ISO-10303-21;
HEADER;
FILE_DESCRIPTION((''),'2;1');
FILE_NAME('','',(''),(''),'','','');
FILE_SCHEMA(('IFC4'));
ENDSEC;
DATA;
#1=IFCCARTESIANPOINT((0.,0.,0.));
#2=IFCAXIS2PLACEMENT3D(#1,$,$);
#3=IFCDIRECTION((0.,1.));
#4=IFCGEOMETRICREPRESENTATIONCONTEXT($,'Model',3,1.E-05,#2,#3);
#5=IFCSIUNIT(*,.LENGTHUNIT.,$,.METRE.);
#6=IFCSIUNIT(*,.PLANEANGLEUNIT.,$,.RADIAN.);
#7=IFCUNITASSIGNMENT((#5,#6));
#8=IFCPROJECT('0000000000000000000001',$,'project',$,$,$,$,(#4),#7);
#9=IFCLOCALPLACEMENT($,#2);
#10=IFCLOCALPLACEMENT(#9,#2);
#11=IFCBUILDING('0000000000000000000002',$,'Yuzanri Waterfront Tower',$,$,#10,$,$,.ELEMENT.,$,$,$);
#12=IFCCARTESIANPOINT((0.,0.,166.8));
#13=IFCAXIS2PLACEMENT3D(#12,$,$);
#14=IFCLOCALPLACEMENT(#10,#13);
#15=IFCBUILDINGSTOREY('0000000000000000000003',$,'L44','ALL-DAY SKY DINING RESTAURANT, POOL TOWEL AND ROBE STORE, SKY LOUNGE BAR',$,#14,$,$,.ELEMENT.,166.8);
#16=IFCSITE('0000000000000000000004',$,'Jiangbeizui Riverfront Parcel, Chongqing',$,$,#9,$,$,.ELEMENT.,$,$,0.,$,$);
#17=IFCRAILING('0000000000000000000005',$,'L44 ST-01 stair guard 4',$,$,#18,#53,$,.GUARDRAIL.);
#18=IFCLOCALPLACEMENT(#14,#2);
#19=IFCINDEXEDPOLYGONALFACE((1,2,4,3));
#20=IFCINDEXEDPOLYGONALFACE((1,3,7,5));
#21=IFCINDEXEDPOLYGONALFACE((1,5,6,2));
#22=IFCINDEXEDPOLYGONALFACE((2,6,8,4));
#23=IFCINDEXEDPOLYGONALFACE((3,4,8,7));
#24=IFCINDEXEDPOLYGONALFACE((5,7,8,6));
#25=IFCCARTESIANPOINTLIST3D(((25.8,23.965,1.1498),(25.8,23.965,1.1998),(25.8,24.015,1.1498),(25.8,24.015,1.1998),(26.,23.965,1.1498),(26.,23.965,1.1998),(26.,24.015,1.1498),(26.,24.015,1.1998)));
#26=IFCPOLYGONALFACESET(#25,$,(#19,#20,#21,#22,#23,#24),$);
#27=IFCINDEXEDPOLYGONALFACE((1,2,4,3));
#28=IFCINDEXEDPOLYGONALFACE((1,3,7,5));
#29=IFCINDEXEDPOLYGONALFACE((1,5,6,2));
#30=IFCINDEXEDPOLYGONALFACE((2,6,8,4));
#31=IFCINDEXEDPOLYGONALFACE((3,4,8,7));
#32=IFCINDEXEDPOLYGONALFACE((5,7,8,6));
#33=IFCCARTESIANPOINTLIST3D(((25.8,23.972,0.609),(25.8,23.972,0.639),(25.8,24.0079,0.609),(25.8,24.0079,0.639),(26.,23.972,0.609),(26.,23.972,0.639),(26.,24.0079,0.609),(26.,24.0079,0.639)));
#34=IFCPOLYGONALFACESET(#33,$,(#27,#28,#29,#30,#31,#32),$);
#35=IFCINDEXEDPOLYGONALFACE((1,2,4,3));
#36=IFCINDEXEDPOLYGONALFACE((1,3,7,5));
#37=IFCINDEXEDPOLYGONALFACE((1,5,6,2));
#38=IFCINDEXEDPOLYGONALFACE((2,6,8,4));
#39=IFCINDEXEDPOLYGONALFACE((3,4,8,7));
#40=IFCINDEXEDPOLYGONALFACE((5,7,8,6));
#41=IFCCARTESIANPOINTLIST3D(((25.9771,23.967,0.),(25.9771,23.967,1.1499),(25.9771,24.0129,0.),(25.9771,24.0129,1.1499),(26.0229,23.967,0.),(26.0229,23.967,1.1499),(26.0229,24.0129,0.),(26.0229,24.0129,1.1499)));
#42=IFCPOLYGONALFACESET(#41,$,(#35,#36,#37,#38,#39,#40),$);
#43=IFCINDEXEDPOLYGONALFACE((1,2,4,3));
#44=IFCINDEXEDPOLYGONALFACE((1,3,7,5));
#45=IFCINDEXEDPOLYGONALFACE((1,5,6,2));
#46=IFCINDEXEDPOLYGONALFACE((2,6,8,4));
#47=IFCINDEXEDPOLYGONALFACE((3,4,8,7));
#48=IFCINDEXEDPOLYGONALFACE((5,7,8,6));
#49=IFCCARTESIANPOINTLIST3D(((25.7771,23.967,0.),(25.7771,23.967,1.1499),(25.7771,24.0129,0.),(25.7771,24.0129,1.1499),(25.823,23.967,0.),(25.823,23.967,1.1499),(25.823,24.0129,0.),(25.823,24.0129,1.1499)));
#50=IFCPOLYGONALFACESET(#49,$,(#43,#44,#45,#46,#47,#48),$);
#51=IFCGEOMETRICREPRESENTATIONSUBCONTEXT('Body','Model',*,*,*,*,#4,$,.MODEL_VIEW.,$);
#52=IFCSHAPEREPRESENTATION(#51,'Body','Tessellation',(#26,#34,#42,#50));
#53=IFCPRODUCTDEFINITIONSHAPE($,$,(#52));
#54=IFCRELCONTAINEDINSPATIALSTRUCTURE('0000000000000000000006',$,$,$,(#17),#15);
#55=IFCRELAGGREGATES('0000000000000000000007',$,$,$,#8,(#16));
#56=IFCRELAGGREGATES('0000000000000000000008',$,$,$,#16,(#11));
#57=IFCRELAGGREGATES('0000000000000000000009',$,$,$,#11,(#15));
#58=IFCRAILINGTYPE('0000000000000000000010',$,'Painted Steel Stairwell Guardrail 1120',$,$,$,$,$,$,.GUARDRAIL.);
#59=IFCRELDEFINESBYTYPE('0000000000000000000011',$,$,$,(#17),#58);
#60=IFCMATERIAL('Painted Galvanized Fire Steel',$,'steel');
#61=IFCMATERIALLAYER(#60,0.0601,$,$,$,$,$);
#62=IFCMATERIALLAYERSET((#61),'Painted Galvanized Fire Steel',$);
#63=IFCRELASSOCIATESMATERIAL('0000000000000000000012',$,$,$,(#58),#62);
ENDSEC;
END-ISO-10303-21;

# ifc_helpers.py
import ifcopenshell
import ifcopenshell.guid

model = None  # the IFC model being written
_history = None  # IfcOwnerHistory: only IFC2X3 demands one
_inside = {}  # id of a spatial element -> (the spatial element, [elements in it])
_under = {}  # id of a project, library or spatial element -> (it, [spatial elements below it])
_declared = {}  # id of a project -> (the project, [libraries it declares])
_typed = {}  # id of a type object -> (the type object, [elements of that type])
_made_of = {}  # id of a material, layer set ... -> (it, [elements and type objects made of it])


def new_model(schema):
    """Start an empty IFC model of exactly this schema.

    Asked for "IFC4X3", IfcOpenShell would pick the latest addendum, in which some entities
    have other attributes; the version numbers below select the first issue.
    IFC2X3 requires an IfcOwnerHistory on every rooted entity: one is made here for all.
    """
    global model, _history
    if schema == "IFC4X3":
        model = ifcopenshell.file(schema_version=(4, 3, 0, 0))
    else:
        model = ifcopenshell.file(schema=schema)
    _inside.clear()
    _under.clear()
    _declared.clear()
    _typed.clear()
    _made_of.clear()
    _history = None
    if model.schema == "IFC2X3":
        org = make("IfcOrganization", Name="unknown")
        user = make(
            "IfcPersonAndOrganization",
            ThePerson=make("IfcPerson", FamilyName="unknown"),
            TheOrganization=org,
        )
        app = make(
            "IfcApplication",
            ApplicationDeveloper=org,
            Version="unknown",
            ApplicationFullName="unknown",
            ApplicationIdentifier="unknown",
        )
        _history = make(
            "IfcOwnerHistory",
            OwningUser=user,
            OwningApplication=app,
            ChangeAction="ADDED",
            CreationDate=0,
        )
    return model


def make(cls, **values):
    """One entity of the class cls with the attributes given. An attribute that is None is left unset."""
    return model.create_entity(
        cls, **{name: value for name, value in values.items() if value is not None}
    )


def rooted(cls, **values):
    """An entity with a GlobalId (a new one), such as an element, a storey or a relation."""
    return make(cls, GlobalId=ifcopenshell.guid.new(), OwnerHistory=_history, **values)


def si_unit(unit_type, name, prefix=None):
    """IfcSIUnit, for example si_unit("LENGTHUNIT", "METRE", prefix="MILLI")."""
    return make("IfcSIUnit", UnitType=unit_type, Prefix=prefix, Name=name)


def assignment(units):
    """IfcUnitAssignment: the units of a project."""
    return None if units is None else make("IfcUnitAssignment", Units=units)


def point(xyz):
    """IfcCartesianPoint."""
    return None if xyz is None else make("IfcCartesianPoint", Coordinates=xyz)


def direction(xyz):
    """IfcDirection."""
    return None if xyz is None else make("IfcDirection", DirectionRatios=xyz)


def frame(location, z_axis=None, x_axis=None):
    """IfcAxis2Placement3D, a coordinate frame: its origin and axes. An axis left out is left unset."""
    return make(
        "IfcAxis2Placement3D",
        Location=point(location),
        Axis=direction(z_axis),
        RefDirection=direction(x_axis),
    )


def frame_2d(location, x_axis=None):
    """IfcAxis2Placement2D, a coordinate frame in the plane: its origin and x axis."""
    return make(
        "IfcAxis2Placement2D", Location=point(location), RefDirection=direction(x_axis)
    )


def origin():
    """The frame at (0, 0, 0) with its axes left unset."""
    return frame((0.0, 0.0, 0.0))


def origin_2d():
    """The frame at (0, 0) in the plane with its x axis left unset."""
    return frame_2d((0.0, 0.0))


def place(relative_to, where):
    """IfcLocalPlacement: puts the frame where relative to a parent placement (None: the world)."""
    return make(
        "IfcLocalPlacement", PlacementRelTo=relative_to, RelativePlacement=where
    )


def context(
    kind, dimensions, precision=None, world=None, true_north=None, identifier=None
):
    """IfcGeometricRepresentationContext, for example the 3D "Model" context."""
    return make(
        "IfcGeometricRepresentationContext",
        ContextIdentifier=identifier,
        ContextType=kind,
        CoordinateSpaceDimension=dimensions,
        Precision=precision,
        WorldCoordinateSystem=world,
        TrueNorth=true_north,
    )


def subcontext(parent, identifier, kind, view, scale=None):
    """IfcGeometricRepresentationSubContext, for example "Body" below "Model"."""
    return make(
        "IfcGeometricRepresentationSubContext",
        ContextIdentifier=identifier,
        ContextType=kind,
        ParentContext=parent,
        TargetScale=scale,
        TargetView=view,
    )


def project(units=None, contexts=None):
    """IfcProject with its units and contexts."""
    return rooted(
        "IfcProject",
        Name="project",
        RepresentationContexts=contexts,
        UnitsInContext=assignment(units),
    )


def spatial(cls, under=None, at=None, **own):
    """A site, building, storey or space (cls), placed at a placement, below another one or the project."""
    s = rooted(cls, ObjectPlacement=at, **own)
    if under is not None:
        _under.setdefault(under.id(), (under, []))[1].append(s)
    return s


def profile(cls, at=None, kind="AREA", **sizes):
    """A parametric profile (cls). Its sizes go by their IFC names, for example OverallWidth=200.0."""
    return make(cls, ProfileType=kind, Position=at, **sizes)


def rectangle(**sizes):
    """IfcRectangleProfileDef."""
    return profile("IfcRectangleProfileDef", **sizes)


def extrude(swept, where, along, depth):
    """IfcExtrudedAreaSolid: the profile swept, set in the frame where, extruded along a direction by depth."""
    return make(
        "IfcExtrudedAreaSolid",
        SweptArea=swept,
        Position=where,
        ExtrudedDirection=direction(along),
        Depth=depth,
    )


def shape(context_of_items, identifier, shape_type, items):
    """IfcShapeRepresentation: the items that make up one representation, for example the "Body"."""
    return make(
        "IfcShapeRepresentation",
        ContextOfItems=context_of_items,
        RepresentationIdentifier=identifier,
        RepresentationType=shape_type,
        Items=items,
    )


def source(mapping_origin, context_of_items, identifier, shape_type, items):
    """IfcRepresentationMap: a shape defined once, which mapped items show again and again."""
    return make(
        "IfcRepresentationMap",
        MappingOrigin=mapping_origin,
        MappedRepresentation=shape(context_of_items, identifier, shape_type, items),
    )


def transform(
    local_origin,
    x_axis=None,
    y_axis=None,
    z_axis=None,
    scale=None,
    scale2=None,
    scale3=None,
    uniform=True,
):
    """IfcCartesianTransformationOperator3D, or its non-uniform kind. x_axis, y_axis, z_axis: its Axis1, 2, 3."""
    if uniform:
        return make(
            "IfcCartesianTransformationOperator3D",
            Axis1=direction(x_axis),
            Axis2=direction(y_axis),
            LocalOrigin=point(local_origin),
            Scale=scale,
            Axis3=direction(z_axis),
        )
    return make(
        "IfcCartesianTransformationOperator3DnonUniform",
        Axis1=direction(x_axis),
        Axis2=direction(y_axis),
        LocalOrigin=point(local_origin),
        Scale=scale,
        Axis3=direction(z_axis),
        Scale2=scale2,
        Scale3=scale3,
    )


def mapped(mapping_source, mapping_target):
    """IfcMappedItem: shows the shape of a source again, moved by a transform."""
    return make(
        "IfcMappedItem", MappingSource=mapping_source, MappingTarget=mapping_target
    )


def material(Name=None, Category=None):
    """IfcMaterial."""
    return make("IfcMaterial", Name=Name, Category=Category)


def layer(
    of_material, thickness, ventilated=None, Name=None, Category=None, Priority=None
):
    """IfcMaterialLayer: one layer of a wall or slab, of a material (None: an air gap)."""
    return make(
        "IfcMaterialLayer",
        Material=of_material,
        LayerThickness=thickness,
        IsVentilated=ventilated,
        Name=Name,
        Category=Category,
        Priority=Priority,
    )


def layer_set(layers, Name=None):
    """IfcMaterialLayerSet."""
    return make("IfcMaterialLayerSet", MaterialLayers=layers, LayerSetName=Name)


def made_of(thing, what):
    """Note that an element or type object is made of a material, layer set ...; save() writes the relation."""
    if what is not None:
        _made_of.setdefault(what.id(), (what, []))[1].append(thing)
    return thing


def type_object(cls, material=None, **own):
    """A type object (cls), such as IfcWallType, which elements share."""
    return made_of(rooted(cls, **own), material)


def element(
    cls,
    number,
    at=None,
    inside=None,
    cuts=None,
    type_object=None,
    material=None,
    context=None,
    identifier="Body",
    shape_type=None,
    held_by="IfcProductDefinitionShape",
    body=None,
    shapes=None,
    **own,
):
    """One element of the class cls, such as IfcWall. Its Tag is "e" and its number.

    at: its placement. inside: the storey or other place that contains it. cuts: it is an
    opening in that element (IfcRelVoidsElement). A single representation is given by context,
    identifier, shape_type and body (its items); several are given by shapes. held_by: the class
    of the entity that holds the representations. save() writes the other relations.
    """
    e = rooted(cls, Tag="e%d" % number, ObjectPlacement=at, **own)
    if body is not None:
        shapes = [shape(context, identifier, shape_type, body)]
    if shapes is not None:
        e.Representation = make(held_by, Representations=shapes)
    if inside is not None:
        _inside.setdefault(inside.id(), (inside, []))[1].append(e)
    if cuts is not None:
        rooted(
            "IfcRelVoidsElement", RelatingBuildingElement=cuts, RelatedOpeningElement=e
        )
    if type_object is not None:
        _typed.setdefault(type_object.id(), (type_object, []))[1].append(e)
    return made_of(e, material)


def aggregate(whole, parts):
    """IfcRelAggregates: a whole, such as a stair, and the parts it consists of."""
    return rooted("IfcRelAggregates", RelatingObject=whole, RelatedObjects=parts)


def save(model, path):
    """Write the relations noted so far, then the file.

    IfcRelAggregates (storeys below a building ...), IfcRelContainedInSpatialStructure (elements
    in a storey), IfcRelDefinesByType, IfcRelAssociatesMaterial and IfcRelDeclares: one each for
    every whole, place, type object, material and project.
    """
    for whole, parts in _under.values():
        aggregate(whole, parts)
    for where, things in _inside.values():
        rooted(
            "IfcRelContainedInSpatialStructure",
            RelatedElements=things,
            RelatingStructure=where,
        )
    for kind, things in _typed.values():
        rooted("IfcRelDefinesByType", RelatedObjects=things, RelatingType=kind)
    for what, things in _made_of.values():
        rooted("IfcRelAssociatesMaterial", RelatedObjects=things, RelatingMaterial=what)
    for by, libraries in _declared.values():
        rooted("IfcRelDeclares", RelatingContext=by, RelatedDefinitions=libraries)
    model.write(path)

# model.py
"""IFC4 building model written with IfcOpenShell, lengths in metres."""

from ifc_helpers import new_model, si_unit, direction, frame, origin, origin_2d, place, context, subcontext, project, spatial, rectangle, extrude, source, transform, mapped, material, layer, layer_set, type_object, element, save


model = new_model("IFC4")

# Units and contexts
model_context = context("Model", 3, precision=1e-05, world=origin(), true_north=direction((0.0, 1.0)))
body_context = subcontext(model_context, "Body", "Model", "MODEL_VIEW")
ifc_project = project(units=[si_unit("LENGTHUNIT", "METRE"), si_unit("PLANEANGLEUNIT", "RADIAN")], contexts=[model_context])

# Site, building, storey
site_placement = place(None, origin())
site = spatial("IfcSite", under=ifc_project, at=site_placement, Name="Jiangbeizui Riverfront Parcel, Chongqing", CompositionType="ELEMENT", RefElevation=0.0)
building_placement = place(site_placement, origin())
building = spatial("IfcBuilding", under=site, at=building_placement, Name="Yuzanri Waterfront Tower", CompositionType="ELEMENT")
storey_placement = place(building_placement, frame((0.0, 0.0, 166.8)))
storey = spatial("IfcBuildingStorey", under=building, at=storey_placement, Name="L44", Description="ALL-DAY SKY DINING RESTAURANT, POOL TOWEL AND ROBE STORE, SKY LOUNGE BAR", CompositionType="ELEMENT", Elevation=166.8)

# Railing
ifc_material_1 = material(Name="Painted Galvanized Fire Steel", Category="steel")
ifc_layer_1 = layer(ifc_material_1, 0.0601)
ifc_layer_set_1 = layer_set([ifc_layer_1], Name="Painted Galvanized Fire Steel")
railing_type = type_object("IfcRailingType", Name="Painted Steel Stairwell Guardrail 1120", PredefinedType="GUARDRAIL", material=ifc_layer_set_1)
shared_shape_1 = source(origin(), body_context, "Body", "SweptSolid", [
    extrude(rectangle(XDim=0.05, YDim=0.05, at=origin_2d()), frame((0.0, 0.0, 1.1748), z_axis=(-1.0, 0.0, 0.0), x_axis=(0.0, -1.0, 0.0)), (0.0, 0.0, 1.0), 0.2),
    extrude(rectangle(XDim=0.0359, YDim=0.03, at=origin_2d()), frame((0.0, 0.0, 0.624), z_axis=(-1.0, 0.0, 0.0), x_axis=(0.0, -1.0, 0.0)), (0.0, 0.0, 1.0), 0.2),
    extrude(rectangle(XDim=0.0459, YDim=0.0459, at=origin_2d()), origin(), (0.0, 0.0, 1.0), 1.1499),
    extrude(rectangle(XDim=0.0459, YDim=0.0459, at=origin_2d()), frame((-0.2, 0.0, 0.0)), (0.0, 0.0, 1.0), 1.1499),
])
railing_placement = place(storey_placement, frame((26.0, 23.99, 0.0)))
element("IfcRailing", 1, at=railing_placement, inside=storey, type_object=railing_type, Name="L44 ST-01 stair guard 4", PredefinedType="GUARDRAIL", context=body_context, shape_type="MappedRepresentation", body=[
    mapped(shared_shape_1, transform((0.0, 0.0, 0.0), scale=1.0)),
])

save(model, "model.ifc")
